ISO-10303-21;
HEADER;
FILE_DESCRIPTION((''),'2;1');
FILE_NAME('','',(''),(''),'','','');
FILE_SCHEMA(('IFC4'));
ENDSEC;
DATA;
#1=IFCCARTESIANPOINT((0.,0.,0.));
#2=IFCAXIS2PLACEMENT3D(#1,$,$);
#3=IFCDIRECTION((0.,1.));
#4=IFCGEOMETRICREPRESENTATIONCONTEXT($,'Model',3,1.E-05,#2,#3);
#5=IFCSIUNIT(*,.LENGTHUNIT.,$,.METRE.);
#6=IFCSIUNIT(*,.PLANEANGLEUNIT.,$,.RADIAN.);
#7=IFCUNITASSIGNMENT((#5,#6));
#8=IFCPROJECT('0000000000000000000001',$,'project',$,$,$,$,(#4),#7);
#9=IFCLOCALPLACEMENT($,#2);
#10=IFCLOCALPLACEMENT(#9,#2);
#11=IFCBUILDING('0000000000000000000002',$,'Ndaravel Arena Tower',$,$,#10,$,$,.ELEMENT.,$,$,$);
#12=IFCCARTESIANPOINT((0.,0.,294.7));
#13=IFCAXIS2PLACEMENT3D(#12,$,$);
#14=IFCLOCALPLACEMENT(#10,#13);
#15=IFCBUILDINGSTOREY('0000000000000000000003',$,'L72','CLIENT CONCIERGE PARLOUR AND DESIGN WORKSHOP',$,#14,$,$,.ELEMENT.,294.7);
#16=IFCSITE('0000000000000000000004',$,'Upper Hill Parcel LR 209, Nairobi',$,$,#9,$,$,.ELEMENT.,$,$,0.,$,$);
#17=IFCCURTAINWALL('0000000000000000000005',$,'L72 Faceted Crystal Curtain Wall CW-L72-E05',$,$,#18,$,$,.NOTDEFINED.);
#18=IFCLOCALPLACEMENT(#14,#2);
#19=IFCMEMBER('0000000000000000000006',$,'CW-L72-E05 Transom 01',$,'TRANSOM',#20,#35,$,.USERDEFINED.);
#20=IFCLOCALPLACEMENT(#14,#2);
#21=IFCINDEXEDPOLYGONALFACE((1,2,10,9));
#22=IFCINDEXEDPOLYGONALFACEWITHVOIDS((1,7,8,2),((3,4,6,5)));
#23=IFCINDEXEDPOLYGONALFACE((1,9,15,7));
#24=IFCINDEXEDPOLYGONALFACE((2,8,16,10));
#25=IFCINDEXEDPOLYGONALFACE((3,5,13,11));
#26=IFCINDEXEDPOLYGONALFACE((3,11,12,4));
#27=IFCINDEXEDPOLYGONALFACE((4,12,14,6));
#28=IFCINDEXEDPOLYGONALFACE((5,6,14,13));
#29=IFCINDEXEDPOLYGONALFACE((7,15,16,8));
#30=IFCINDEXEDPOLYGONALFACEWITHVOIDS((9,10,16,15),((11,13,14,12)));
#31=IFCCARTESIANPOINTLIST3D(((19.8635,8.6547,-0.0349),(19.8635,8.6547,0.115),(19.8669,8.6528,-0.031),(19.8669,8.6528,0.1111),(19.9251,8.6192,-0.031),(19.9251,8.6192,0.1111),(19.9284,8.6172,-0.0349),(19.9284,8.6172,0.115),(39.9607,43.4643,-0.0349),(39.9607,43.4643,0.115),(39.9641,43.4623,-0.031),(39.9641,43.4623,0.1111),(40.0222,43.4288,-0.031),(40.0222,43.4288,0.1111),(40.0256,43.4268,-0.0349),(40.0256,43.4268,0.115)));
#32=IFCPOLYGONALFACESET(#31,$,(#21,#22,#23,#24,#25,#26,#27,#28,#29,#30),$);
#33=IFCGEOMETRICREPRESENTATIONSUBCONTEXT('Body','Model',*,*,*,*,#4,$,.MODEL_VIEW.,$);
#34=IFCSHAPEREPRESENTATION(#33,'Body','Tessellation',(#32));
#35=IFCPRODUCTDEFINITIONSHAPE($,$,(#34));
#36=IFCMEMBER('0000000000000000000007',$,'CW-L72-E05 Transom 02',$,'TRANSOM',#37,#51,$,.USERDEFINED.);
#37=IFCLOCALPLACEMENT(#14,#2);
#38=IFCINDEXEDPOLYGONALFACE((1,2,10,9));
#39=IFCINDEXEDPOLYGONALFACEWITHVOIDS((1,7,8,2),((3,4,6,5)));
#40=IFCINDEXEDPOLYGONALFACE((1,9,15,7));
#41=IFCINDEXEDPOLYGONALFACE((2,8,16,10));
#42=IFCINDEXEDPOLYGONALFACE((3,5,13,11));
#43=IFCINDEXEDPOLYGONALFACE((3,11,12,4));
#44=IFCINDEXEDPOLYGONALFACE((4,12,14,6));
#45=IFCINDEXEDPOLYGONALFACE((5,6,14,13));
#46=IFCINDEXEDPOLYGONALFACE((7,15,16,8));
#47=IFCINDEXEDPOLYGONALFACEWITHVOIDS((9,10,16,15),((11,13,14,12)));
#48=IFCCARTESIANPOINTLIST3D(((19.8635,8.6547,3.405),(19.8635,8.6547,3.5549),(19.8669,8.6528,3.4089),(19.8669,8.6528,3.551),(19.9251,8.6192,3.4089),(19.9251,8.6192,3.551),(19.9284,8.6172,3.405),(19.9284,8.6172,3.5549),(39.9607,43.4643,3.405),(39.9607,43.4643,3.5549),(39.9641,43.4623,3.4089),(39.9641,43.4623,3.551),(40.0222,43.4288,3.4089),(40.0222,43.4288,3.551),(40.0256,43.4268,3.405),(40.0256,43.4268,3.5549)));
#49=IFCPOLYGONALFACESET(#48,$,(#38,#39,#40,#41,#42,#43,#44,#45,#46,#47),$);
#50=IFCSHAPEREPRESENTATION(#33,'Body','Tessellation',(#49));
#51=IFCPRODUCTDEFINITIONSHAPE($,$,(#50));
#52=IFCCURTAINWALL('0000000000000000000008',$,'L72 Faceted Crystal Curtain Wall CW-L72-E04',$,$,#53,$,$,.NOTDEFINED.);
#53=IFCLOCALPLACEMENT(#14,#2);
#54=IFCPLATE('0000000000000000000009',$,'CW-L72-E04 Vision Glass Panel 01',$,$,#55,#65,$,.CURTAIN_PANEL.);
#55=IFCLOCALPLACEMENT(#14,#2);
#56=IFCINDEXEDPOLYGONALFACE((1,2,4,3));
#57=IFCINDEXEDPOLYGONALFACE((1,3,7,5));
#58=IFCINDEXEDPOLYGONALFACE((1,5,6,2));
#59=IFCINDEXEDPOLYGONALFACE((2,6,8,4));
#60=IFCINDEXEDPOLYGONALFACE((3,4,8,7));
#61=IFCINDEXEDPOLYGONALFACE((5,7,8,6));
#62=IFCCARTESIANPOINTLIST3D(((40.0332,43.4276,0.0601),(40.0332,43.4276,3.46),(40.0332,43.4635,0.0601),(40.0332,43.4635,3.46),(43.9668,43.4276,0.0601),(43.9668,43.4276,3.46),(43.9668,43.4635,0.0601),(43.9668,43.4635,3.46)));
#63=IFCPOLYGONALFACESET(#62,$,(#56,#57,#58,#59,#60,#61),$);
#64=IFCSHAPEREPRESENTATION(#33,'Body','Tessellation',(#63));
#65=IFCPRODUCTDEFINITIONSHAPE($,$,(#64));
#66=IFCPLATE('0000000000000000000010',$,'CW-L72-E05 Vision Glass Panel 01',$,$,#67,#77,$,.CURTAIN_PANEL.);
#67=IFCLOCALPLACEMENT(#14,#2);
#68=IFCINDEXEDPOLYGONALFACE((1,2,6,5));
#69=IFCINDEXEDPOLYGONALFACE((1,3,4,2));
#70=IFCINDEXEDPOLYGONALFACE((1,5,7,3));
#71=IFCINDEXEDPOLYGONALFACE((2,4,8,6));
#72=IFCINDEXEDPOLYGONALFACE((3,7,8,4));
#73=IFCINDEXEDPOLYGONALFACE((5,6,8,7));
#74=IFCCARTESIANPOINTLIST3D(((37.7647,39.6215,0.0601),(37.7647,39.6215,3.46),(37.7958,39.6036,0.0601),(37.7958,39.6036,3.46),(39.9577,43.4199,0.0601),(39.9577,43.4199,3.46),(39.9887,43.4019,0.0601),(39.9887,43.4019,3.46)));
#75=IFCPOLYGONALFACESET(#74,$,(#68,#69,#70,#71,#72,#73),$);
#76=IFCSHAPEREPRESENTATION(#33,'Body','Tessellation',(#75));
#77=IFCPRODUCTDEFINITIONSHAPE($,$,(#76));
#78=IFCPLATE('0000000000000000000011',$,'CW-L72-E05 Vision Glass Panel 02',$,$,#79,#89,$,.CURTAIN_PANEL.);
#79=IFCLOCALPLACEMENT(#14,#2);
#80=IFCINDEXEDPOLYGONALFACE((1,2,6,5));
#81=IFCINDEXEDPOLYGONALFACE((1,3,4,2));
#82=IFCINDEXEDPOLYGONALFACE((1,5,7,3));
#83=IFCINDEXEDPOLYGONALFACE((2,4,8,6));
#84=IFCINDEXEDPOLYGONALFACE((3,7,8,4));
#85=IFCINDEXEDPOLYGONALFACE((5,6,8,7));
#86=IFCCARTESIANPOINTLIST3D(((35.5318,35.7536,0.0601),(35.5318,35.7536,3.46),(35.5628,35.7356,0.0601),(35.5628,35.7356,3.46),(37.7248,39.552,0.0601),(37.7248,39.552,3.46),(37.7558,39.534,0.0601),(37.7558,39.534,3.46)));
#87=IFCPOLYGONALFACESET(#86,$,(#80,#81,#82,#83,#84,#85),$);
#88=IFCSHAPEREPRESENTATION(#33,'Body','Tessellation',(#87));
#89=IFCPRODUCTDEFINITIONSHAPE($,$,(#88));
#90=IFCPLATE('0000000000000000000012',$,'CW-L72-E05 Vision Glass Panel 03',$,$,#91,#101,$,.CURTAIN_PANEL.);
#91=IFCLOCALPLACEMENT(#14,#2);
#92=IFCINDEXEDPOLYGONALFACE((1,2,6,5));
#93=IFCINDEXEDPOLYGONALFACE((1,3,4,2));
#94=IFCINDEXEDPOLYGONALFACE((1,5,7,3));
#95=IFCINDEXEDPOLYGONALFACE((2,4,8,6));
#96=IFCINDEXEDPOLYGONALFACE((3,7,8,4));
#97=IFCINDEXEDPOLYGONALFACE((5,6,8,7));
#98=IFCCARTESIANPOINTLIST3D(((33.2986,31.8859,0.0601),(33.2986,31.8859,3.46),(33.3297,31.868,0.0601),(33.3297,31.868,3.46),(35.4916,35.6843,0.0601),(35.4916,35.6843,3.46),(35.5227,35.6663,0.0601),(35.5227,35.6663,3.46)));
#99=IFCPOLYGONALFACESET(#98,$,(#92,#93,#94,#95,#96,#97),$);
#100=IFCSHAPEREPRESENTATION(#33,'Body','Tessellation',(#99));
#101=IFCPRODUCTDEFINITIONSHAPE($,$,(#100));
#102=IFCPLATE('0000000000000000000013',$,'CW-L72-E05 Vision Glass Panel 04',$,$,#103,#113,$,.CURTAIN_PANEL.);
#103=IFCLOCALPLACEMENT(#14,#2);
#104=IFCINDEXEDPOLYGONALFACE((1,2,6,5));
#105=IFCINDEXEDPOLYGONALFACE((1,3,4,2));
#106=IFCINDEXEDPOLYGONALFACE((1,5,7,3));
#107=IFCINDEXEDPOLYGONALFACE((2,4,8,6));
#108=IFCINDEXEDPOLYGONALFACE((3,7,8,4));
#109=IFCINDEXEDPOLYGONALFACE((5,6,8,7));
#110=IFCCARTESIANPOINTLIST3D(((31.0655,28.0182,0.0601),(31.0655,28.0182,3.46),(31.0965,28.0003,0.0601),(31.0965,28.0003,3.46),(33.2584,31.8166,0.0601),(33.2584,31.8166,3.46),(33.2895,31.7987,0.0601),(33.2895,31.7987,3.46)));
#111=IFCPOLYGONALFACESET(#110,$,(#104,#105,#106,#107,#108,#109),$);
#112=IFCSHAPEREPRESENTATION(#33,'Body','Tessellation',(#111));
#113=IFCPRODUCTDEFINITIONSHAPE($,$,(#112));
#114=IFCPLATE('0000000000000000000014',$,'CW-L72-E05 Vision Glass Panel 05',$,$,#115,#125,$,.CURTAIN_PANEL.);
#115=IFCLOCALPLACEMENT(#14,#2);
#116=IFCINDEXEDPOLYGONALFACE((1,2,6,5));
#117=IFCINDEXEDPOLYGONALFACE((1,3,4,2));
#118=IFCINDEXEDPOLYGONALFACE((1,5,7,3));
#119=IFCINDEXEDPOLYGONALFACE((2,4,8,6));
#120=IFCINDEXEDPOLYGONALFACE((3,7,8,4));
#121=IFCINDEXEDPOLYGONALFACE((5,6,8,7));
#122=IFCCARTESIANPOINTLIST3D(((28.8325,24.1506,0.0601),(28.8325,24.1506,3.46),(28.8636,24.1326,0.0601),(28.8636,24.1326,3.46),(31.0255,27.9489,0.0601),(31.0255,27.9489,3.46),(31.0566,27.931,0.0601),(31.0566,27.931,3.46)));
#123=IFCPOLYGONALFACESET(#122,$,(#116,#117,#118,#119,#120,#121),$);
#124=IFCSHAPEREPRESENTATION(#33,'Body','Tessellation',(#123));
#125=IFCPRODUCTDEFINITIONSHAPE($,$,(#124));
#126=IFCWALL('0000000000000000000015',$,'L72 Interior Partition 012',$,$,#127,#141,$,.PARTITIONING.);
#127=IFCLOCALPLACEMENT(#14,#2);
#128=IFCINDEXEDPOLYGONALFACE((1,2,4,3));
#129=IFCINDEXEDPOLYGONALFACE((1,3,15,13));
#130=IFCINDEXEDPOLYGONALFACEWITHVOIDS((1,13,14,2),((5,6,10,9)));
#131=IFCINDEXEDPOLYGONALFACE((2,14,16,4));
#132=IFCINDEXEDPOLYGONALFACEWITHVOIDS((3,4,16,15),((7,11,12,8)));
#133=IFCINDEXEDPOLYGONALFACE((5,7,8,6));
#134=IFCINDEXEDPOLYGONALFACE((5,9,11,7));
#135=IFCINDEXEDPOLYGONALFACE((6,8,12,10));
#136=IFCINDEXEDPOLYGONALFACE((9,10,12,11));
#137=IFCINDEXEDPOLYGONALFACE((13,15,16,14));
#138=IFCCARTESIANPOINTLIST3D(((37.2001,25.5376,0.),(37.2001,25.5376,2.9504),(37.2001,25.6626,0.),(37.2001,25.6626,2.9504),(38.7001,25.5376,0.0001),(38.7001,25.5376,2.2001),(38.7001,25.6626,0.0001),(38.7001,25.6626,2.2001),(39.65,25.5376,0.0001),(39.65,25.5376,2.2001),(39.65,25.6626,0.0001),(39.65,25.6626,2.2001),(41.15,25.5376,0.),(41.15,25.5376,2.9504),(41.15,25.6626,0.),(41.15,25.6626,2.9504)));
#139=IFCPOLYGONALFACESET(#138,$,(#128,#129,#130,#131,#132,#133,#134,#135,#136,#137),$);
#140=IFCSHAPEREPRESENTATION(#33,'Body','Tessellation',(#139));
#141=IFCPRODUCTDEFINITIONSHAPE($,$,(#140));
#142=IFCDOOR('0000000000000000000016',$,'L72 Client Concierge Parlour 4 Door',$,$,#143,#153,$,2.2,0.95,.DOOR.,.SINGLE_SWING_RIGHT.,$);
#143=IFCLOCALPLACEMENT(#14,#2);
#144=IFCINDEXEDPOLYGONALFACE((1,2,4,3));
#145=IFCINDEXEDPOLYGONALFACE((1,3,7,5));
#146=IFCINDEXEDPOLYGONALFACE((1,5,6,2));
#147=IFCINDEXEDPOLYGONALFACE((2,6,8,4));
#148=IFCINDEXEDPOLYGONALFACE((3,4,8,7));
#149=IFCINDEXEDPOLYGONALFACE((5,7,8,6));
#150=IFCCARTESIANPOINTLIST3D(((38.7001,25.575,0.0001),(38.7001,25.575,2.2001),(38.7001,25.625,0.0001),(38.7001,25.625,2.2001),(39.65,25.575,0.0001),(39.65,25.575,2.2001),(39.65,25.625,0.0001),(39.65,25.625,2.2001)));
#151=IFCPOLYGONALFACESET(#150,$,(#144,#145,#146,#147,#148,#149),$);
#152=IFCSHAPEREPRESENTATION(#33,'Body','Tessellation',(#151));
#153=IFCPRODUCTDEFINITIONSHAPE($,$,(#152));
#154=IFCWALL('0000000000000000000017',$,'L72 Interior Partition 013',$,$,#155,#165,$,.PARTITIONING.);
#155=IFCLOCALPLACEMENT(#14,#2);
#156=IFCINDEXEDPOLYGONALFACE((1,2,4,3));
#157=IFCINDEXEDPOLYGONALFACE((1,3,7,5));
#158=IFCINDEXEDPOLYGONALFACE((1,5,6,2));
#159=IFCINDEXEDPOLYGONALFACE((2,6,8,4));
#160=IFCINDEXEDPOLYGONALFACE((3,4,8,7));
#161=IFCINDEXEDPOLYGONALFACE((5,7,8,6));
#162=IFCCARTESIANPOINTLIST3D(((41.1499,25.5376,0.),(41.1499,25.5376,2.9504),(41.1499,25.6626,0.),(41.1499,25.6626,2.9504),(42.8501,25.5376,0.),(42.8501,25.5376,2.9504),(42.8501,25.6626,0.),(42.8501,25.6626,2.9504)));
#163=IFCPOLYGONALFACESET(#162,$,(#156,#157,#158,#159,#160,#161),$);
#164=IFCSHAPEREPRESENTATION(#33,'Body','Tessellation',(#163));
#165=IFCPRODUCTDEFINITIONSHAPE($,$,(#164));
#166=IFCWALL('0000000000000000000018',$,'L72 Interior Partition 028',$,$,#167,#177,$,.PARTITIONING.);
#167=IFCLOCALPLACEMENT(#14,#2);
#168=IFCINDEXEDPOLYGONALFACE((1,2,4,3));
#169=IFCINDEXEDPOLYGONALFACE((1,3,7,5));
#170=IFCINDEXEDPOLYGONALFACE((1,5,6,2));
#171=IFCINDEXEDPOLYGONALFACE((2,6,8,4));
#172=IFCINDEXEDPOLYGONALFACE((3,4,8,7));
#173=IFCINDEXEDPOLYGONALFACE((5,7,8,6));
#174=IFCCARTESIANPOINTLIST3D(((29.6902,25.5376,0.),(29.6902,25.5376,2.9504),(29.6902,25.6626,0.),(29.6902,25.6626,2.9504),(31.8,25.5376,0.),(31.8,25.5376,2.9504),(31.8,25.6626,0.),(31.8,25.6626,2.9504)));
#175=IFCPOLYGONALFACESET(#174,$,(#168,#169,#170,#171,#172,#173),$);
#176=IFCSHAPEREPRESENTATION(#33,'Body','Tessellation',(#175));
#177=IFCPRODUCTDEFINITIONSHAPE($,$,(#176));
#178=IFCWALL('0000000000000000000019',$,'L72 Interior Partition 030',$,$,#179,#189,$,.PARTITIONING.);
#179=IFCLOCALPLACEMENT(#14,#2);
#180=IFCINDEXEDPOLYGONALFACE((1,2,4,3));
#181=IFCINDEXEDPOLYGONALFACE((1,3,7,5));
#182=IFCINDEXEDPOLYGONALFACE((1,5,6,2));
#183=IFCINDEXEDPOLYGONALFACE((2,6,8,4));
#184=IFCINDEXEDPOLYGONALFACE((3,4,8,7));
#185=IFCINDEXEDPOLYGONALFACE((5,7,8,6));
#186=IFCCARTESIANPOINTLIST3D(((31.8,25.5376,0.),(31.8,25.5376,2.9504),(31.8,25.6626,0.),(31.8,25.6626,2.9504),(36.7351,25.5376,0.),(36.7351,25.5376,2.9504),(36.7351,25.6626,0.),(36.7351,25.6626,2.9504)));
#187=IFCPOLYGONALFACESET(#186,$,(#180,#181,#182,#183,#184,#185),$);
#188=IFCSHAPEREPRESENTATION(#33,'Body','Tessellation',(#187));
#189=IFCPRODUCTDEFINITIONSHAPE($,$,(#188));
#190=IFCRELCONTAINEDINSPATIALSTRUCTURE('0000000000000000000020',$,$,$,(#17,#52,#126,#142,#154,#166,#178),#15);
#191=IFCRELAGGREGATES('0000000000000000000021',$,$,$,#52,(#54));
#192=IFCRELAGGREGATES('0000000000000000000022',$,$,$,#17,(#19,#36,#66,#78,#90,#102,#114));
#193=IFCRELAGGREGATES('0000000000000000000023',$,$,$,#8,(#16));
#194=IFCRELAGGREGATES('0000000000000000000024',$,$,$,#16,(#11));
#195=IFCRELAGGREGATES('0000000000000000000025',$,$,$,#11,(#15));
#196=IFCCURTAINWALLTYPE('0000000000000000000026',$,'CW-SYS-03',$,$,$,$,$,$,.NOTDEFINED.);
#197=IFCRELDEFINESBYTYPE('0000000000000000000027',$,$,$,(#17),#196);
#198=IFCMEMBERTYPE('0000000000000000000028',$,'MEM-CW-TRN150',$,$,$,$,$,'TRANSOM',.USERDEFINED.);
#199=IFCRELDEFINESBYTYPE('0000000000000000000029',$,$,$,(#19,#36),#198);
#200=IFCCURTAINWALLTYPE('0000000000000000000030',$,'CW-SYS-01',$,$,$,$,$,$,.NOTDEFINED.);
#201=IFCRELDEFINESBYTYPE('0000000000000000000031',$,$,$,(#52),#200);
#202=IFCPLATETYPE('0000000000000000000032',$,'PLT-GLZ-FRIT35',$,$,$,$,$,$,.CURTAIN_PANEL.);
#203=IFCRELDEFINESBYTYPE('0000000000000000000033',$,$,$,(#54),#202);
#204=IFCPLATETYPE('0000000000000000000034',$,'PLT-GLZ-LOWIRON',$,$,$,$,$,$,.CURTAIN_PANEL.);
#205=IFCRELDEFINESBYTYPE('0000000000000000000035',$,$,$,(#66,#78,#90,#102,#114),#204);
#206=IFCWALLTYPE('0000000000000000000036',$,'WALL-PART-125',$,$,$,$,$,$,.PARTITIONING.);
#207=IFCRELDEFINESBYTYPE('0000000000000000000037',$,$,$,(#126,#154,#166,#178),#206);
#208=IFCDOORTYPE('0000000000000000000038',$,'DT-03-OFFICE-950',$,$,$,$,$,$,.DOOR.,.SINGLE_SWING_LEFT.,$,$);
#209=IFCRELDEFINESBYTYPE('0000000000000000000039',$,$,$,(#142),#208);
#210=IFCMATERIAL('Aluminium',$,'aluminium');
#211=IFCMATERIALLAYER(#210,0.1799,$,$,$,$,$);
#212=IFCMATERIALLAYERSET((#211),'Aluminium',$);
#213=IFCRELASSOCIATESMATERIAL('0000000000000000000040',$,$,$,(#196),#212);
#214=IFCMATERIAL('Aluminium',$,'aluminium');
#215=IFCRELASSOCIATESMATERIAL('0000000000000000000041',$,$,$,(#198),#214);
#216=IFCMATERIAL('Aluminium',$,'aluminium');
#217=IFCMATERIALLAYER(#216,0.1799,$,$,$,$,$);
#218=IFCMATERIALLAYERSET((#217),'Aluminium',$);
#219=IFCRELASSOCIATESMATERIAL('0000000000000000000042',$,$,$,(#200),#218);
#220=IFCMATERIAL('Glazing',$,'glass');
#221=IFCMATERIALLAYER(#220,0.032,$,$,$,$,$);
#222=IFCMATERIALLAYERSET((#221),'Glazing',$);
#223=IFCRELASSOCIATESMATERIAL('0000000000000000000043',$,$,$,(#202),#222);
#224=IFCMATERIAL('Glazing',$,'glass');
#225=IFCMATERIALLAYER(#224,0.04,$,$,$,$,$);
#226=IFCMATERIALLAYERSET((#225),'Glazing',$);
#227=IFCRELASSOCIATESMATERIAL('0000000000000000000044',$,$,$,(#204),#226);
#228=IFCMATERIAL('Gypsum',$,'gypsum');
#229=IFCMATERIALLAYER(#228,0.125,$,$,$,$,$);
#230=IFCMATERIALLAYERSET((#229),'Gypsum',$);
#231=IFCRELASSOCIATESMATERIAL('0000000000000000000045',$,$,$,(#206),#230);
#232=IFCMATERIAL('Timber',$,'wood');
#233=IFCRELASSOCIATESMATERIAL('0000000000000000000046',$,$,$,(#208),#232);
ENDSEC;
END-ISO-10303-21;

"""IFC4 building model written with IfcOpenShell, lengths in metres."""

from ifc_helpers import new_model, si_unit, direction, frame, frame_2d, origin, origin_2d, place, context, subcontext, project, spatial, rectangle, hollow_rectangle, extrude, material, layer, layer_set, material_profile, profile_set, type_object, element, fill, aggregate, save


model = new_model("IFC4")

# Units and contexts
model_context = context("Model", 3, precision=1e-05, world=origin(), true_north=direction((0.0, 1.0)))
body_context = subcontext(model_context, "Body", "Model", "MODEL_VIEW")
ifc_project = project(units=[si_unit("LENGTHUNIT", "METRE"), si_unit("PLANEANGLEUNIT", "RADIAN")], contexts=[model_context])

# Site, building, storey
site_placement = place(None, origin())
site = spatial("IfcSite", under=ifc_project, at=site_placement, Name="Upper Hill Parcel LR 209, Nairobi", CompositionType="ELEMENT", RefElevation=0.0)
building_placement = place(site_placement, origin())
building = spatial("IfcBuilding", under=site, at=building_placement, Name="Ndaravel Arena Tower", CompositionType="ELEMENT")
storey_placement = place(building_placement, frame((0.0, 0.0, 294.7)))
storey = spatial("IfcBuildingStorey", under=building, at=storey_placement, Name="L72", Description="CLIENT CONCIERGE PARLOUR AND DESIGN WORKSHOP", CompositionType="ELEMENT", Elevation=294.7)

# Curtain wall, members
ifc_material_1 = material(Name="Aluminium", Category="aluminium")
ifc_layer_1 = layer(ifc_material_1, 0.1799)
ifc_layer_set_1 = layer_set([ifc_layer_1], Name="Aluminium")
curtain_wall_type_1 = type_object("IfcCurtainWallType", Name="CW-SYS-03", PredefinedType="NOTDEFINED", material=ifc_layer_set_1)
curtain_wall_1_placement = place(storey_placement, origin())
curtain_wall_1 = element("IfcCurtainWall", 1, at=curtain_wall_1_placement, inside=storey, type_object=curtain_wall_type_1, Name="L72 Faceted Crystal Curtain Wall CW-L72-E05", PredefinedType="NOTDEFINED")
ifc_material_2 = material(Name="Aluminium", Category="aluminium")
ifc_material_profile_1 = material_profile(ifc_material_2, hollow_rectangle(XDim=0.075, YDim=0.1499, WallThickness=0.0039, at=origin_2d()), Name="CW TRANSOM 75x150x4")
ifc_profile_set_1 = profile_set([ifc_material_profile_1], Name="Aluminium")
member_type_1 = type_object("IfcMemberType", Name="MEM-CW-TRN150", ElementType="TRANSOM", PredefinedType="USERDEFINED", material=ifc_profile_set_1)
member_1_placement = place(storey_placement, frame((39.9932, 43.4456, 0.04), z_axis=(-0.499997, -0.866027, 0.0), x_axis=(0.866027, -0.499997, 0.0)))
member_1 = element("IfcMember", 2, at=member_1_placement, type_object=member_type_1, Name="CW-L72-E05 Transom 01", ObjectType="TRANSOM", PredefinedType="USERDEFINED", context=body_context, shape_type="SweptSolid", body=[
    extrude(hollow_rectangle(XDim=0.075, YDim=0.1499, WallThickness=0.0039, at=origin_2d()), origin(), (0.0, 0.0, 1.0), 40.1946),
])
member_2_placement = place(storey_placement, frame((39.9932, 43.4456, 3.48), z_axis=(-0.499997, -0.866027, 0.0), x_axis=(0.866027, -0.499997, 0.0)))
member_2 = element("IfcMember", 3, at=member_2_placement, type_object=member_type_1, Name="CW-L72-E05 Transom 02", ObjectType="TRANSOM", PredefinedType="USERDEFINED", context=body_context, shape_type="SweptSolid", body=[
    extrude(hollow_rectangle(XDim=0.075, YDim=0.1499, WallThickness=0.0039, at=origin_2d()), origin(), (0.0, 0.0, 1.0), 40.1946),
])

# Curtain wall, plate
ifc_material_3 = material(Name="Aluminium", Category="aluminium")
ifc_layer_2 = layer(ifc_material_3, 0.1799)
ifc_layer_set_2 = layer_set([ifc_layer_2], Name="Aluminium")
curtain_wall_type_2 = type_object("IfcCurtainWallType", Name="CW-SYS-01", PredefinedType="NOTDEFINED", material=ifc_layer_set_2)
curtain_wall_2_placement = place(storey_placement, origin())
curtain_wall_2 = element("IfcCurtainWall", 4, at=curtain_wall_2_placement, inside=storey, type_object=curtain_wall_type_2, Name="L72 Faceted Crystal Curtain Wall CW-L72-E04", PredefinedType="NOTDEFINED")
ifc_material_4 = material(Name="Glazing", Category="glass")
ifc_layer_3 = layer(ifc_material_4, 0.032)
ifc_layer_set_3 = layer_set([ifc_layer_3], Name="Glazing")
plate_type_1 = type_object("IfcPlateType", Name="PLT-GLZ-FRIT35", PredefinedType="CURTAIN_PANEL", material=ifc_layer_set_3)
plate_1_placement = place(storey_placement, frame((42.0, 43.4456, 0.0601), z_axis=(0.0, 0.0, 1.0), x_axis=(-1.0, 0.0, 0.0)))
plate_1 = element("IfcPlate", 5, at=plate_1_placement, type_object=plate_type_1, Name="CW-L72-E04 Vision Glass Panel 01", PredefinedType="CURTAIN_PANEL", context=body_context, shape_type="SweptSolid", body=[
    extrude(rectangle(XDim=3.9336, YDim=0.0359, at=origin_2d()), origin(), (0.0, 0.0, 1.0), 3.3999),
])
aggregate(curtain_wall_2, [plate_1])

# Plates
ifc_material_5 = material(Name="Glazing", Category="glass")
ifc_layer_4 = layer(ifc_material_5, 0.04)
ifc_layer_set_4 = layer_set([ifc_layer_4], Name="Glazing")
plate_type_2 = type_object("IfcPlateType", Name="PLT-GLZ-LOWIRON", PredefinedType="CURTAIN_PANEL", material=ifc_layer_set_4)
plate_2_placement = place(storey_placement, frame((38.8767, 41.5117, 0.0601), z_axis=(0.0, 0.0, 1.0), x_axis=(-0.5, -0.866025, 0.0)))
plate_2 = element("IfcPlate", 6, at=plate_2_placement, type_object=plate_type_2, Name="CW-L72-E05 Vision Glass Panel 01", PredefinedType="CURTAIN_PANEL", context=body_context, shape_type="SweptSolid", body=[
    extrude(rectangle(XDim=4.386, YDim=0.0359, at=origin_2d()), origin(), (0.0, 0.0, 1.0), 3.3999),
])
plate_3_placement = place(storey_placement, frame((36.6438, 37.6438, 0.0601), z_axis=(0.0, 0.0, 1.0), x_axis=(-0.5, -0.866025, 0.0)))
plate_3 = element("IfcPlate", 7, at=plate_3_placement, type_object=plate_type_2, Name="CW-L72-E05 Vision Glass Panel 02", PredefinedType="CURTAIN_PANEL", context=body_context, shape_type="SweptSolid", body=[
    extrude(rectangle(XDim=4.386, YDim=0.0359, at=origin_2d()), origin(), (0.0, 0.0, 1.0), 3.3999),
])
plate_4_placement = place(storey_placement, frame((34.4106, 33.7761, 0.0601), z_axis=(0.0, 0.0, 1.0), x_axis=(-0.5, -0.866025, 0.0)))
plate_4 = element("IfcPlate", 8, at=plate_4_placement, type_object=plate_type_2, Name="CW-L72-E05 Vision Glass Panel 03", PredefinedType="CURTAIN_PANEL", context=body_context, shape_type="SweptSolid", body=[
    extrude(rectangle(XDim=4.386, YDim=0.0359, at=origin_2d()), origin(), (0.0, 0.0, 1.0), 3.3999),
])
plate_5_placement = place(storey_placement, frame((32.1775, 29.9084, 0.0601), z_axis=(0.0, 0.0, 1.0), x_axis=(-0.5, -0.866025, 0.0)))
plate_5 = element("IfcPlate", 9, at=plate_5_placement, type_object=plate_type_2, Name="CW-L72-E05 Vision Glass Panel 04", PredefinedType="CURTAIN_PANEL", context=body_context, shape_type="SweptSolid", body=[
    extrude(rectangle(XDim=4.386, YDim=0.0359, at=origin_2d()), origin(), (0.0, 0.0, 1.0), 3.3999),
])
plate_6_placement = place(storey_placement, frame((29.9446, 26.0408, 0.0601), z_axis=(0.0, 0.0, 1.0), x_axis=(-0.5, -0.866025, 0.0)))
plate_6 = element("IfcPlate", 10, at=plate_6_placement, type_object=plate_type_2, Name="CW-L72-E05 Vision Glass Panel 05", PredefinedType="CURTAIN_PANEL", context=body_context, shape_type="SweptSolid", body=[
    extrude(rectangle(XDim=4.386, YDim=0.0359, at=origin_2d()), origin(), (0.0, 0.0, 1.0), 3.3999),
])
aggregate(curtain_wall_1, [member_1, member_2, plate_2, plate_3, plate_4, plate_5, plate_6])

# Wall, opening, door
ifc_material_6 = material(Name="Gypsum", Category="gypsum")
ifc_layer_5 = layer(ifc_material_6, 0.125)
ifc_layer_set_5 = layer_set([ifc_layer_5], Name="Gypsum")
wall_type = type_object("IfcWallType", Name="WALL-PART-125", PredefinedType="PARTITIONING", material=ifc_layer_set_5)
wall_1_placement = place(storey_placement, frame((37.2, 25.6001, 0.0), z_axis=(0.0, 0.0, 1.0), x_axis=(1.0, 0.0, 0.0)))
wall_1 = element("IfcWall", 11, at=wall_1_placement, inside=storey, type_object=wall_type, Name="L72 Interior Partition 012", PredefinedType="PARTITIONING", context=body_context, shape_type="SweptSolid", body=[
    extrude(rectangle(XDim=3.95, YDim=0.125, at=frame_2d((1.9751, 0.0))), origin(), (0.0, 0.0, 1.0), 2.9504),
])
opening_placement = place(wall_1_placement, frame((1.5, 0.0, 0.0)))
opening = element("IfcOpeningElement", 12, at=opening_placement, cuts=wall_1, PredefinedType="OPENING", context=body_context, shape_type="SweptSolid", body=[
    extrude(rectangle(XDim=0.95, YDim=2.2, at=frame_2d((0.4751, 1.1001))), frame((0.0, 0.0625, 0.0), z_axis=(0.0, -1.0, 0.0), x_axis=(1.0, 0.0, 0.0)), (0.0, 0.0, 1.0), 0.125),
])
ifc_material_7 = material(Name="Timber", Category="wood")
door_type = type_object("IfcDoorType", Name="DT-03-OFFICE-950", OperationType="SINGLE_SWING_LEFT", PredefinedType="DOOR", material=ifc_material_7)
door_placement = place(opening_placement, origin())
door = element("IfcDoor", 13, at=door_placement, inside=storey, type_object=door_type, Name="L72 Client Concierge Parlour 4 Door", OperationType="SINGLE_SWING_RIGHT", OverallHeight=2.2, OverallWidth=0.95, PredefinedType="DOOR", context=body_context, shape_type="SweptSolid", body=[
    extrude(rectangle(XDim=0.95, YDim=2.2, at=frame_2d((0.4751, 1.1001))), frame((0.0, 0.0249, 0.0), z_axis=(0.0, -1.0, 0.0), x_axis=(1.0, 0.0, 0.0)), (0.0, 0.0, 1.0), 0.05),
])
fill(opening, door)

# Walls
wall_2_placement = place(storey_placement, frame((41.1499, 25.6001, 0.0), z_axis=(0.0, 0.0, 1.0), x_axis=(1.0, 0.0, 0.0)))
element("IfcWall", 14, at=wall_2_placement, inside=storey, type_object=wall_type, Name="L72 Interior Partition 013", PredefinedType="PARTITIONING", context=body_context, shape_type="SweptSolid", body=[
    extrude(rectangle(XDim=1.7002, YDim=0.125, at=frame_2d((0.8501, 0.0))), origin(), (0.0, 0.0, 1.0), 2.9504),
])
wall_3_placement = place(storey_placement, frame((29.6902, 25.6001, 0.0), z_axis=(0.0, 0.0, 1.0), x_axis=(1.0, 0.0, 0.0)))
element("IfcWall", 15, at=wall_3_placement, inside=storey, type_object=wall_type, Name="L72 Interior Partition 028", PredefinedType="PARTITIONING", context=body_context, shape_type="SweptSolid", body=[
    extrude(rectangle(XDim=2.1099, YDim=0.125, at=frame_2d((1.0549, 0.0))), origin(), (0.0, 0.0, 1.0), 2.9504),
])
wall_4_placement = place(storey_placement, frame((31.8, 25.6001, 0.0), z_axis=(0.0, 0.0, 1.0), x_axis=(1.0, 0.0, 0.0)))
element("IfcWall", 16, at=wall_4_placement, inside=storey, type_object=wall_type, Name="L72 Interior Partition 030", PredefinedType="PARTITIONING", context=body_context, shape_type="SweptSolid", body=[
    extrude(rectangle(XDim=4.9351, YDim=0.125, at=frame_2d((2.4675, 0.0))), origin(), (0.0, 0.0, 1.0), 2.9504),
])

save(model, "model.ifc")
